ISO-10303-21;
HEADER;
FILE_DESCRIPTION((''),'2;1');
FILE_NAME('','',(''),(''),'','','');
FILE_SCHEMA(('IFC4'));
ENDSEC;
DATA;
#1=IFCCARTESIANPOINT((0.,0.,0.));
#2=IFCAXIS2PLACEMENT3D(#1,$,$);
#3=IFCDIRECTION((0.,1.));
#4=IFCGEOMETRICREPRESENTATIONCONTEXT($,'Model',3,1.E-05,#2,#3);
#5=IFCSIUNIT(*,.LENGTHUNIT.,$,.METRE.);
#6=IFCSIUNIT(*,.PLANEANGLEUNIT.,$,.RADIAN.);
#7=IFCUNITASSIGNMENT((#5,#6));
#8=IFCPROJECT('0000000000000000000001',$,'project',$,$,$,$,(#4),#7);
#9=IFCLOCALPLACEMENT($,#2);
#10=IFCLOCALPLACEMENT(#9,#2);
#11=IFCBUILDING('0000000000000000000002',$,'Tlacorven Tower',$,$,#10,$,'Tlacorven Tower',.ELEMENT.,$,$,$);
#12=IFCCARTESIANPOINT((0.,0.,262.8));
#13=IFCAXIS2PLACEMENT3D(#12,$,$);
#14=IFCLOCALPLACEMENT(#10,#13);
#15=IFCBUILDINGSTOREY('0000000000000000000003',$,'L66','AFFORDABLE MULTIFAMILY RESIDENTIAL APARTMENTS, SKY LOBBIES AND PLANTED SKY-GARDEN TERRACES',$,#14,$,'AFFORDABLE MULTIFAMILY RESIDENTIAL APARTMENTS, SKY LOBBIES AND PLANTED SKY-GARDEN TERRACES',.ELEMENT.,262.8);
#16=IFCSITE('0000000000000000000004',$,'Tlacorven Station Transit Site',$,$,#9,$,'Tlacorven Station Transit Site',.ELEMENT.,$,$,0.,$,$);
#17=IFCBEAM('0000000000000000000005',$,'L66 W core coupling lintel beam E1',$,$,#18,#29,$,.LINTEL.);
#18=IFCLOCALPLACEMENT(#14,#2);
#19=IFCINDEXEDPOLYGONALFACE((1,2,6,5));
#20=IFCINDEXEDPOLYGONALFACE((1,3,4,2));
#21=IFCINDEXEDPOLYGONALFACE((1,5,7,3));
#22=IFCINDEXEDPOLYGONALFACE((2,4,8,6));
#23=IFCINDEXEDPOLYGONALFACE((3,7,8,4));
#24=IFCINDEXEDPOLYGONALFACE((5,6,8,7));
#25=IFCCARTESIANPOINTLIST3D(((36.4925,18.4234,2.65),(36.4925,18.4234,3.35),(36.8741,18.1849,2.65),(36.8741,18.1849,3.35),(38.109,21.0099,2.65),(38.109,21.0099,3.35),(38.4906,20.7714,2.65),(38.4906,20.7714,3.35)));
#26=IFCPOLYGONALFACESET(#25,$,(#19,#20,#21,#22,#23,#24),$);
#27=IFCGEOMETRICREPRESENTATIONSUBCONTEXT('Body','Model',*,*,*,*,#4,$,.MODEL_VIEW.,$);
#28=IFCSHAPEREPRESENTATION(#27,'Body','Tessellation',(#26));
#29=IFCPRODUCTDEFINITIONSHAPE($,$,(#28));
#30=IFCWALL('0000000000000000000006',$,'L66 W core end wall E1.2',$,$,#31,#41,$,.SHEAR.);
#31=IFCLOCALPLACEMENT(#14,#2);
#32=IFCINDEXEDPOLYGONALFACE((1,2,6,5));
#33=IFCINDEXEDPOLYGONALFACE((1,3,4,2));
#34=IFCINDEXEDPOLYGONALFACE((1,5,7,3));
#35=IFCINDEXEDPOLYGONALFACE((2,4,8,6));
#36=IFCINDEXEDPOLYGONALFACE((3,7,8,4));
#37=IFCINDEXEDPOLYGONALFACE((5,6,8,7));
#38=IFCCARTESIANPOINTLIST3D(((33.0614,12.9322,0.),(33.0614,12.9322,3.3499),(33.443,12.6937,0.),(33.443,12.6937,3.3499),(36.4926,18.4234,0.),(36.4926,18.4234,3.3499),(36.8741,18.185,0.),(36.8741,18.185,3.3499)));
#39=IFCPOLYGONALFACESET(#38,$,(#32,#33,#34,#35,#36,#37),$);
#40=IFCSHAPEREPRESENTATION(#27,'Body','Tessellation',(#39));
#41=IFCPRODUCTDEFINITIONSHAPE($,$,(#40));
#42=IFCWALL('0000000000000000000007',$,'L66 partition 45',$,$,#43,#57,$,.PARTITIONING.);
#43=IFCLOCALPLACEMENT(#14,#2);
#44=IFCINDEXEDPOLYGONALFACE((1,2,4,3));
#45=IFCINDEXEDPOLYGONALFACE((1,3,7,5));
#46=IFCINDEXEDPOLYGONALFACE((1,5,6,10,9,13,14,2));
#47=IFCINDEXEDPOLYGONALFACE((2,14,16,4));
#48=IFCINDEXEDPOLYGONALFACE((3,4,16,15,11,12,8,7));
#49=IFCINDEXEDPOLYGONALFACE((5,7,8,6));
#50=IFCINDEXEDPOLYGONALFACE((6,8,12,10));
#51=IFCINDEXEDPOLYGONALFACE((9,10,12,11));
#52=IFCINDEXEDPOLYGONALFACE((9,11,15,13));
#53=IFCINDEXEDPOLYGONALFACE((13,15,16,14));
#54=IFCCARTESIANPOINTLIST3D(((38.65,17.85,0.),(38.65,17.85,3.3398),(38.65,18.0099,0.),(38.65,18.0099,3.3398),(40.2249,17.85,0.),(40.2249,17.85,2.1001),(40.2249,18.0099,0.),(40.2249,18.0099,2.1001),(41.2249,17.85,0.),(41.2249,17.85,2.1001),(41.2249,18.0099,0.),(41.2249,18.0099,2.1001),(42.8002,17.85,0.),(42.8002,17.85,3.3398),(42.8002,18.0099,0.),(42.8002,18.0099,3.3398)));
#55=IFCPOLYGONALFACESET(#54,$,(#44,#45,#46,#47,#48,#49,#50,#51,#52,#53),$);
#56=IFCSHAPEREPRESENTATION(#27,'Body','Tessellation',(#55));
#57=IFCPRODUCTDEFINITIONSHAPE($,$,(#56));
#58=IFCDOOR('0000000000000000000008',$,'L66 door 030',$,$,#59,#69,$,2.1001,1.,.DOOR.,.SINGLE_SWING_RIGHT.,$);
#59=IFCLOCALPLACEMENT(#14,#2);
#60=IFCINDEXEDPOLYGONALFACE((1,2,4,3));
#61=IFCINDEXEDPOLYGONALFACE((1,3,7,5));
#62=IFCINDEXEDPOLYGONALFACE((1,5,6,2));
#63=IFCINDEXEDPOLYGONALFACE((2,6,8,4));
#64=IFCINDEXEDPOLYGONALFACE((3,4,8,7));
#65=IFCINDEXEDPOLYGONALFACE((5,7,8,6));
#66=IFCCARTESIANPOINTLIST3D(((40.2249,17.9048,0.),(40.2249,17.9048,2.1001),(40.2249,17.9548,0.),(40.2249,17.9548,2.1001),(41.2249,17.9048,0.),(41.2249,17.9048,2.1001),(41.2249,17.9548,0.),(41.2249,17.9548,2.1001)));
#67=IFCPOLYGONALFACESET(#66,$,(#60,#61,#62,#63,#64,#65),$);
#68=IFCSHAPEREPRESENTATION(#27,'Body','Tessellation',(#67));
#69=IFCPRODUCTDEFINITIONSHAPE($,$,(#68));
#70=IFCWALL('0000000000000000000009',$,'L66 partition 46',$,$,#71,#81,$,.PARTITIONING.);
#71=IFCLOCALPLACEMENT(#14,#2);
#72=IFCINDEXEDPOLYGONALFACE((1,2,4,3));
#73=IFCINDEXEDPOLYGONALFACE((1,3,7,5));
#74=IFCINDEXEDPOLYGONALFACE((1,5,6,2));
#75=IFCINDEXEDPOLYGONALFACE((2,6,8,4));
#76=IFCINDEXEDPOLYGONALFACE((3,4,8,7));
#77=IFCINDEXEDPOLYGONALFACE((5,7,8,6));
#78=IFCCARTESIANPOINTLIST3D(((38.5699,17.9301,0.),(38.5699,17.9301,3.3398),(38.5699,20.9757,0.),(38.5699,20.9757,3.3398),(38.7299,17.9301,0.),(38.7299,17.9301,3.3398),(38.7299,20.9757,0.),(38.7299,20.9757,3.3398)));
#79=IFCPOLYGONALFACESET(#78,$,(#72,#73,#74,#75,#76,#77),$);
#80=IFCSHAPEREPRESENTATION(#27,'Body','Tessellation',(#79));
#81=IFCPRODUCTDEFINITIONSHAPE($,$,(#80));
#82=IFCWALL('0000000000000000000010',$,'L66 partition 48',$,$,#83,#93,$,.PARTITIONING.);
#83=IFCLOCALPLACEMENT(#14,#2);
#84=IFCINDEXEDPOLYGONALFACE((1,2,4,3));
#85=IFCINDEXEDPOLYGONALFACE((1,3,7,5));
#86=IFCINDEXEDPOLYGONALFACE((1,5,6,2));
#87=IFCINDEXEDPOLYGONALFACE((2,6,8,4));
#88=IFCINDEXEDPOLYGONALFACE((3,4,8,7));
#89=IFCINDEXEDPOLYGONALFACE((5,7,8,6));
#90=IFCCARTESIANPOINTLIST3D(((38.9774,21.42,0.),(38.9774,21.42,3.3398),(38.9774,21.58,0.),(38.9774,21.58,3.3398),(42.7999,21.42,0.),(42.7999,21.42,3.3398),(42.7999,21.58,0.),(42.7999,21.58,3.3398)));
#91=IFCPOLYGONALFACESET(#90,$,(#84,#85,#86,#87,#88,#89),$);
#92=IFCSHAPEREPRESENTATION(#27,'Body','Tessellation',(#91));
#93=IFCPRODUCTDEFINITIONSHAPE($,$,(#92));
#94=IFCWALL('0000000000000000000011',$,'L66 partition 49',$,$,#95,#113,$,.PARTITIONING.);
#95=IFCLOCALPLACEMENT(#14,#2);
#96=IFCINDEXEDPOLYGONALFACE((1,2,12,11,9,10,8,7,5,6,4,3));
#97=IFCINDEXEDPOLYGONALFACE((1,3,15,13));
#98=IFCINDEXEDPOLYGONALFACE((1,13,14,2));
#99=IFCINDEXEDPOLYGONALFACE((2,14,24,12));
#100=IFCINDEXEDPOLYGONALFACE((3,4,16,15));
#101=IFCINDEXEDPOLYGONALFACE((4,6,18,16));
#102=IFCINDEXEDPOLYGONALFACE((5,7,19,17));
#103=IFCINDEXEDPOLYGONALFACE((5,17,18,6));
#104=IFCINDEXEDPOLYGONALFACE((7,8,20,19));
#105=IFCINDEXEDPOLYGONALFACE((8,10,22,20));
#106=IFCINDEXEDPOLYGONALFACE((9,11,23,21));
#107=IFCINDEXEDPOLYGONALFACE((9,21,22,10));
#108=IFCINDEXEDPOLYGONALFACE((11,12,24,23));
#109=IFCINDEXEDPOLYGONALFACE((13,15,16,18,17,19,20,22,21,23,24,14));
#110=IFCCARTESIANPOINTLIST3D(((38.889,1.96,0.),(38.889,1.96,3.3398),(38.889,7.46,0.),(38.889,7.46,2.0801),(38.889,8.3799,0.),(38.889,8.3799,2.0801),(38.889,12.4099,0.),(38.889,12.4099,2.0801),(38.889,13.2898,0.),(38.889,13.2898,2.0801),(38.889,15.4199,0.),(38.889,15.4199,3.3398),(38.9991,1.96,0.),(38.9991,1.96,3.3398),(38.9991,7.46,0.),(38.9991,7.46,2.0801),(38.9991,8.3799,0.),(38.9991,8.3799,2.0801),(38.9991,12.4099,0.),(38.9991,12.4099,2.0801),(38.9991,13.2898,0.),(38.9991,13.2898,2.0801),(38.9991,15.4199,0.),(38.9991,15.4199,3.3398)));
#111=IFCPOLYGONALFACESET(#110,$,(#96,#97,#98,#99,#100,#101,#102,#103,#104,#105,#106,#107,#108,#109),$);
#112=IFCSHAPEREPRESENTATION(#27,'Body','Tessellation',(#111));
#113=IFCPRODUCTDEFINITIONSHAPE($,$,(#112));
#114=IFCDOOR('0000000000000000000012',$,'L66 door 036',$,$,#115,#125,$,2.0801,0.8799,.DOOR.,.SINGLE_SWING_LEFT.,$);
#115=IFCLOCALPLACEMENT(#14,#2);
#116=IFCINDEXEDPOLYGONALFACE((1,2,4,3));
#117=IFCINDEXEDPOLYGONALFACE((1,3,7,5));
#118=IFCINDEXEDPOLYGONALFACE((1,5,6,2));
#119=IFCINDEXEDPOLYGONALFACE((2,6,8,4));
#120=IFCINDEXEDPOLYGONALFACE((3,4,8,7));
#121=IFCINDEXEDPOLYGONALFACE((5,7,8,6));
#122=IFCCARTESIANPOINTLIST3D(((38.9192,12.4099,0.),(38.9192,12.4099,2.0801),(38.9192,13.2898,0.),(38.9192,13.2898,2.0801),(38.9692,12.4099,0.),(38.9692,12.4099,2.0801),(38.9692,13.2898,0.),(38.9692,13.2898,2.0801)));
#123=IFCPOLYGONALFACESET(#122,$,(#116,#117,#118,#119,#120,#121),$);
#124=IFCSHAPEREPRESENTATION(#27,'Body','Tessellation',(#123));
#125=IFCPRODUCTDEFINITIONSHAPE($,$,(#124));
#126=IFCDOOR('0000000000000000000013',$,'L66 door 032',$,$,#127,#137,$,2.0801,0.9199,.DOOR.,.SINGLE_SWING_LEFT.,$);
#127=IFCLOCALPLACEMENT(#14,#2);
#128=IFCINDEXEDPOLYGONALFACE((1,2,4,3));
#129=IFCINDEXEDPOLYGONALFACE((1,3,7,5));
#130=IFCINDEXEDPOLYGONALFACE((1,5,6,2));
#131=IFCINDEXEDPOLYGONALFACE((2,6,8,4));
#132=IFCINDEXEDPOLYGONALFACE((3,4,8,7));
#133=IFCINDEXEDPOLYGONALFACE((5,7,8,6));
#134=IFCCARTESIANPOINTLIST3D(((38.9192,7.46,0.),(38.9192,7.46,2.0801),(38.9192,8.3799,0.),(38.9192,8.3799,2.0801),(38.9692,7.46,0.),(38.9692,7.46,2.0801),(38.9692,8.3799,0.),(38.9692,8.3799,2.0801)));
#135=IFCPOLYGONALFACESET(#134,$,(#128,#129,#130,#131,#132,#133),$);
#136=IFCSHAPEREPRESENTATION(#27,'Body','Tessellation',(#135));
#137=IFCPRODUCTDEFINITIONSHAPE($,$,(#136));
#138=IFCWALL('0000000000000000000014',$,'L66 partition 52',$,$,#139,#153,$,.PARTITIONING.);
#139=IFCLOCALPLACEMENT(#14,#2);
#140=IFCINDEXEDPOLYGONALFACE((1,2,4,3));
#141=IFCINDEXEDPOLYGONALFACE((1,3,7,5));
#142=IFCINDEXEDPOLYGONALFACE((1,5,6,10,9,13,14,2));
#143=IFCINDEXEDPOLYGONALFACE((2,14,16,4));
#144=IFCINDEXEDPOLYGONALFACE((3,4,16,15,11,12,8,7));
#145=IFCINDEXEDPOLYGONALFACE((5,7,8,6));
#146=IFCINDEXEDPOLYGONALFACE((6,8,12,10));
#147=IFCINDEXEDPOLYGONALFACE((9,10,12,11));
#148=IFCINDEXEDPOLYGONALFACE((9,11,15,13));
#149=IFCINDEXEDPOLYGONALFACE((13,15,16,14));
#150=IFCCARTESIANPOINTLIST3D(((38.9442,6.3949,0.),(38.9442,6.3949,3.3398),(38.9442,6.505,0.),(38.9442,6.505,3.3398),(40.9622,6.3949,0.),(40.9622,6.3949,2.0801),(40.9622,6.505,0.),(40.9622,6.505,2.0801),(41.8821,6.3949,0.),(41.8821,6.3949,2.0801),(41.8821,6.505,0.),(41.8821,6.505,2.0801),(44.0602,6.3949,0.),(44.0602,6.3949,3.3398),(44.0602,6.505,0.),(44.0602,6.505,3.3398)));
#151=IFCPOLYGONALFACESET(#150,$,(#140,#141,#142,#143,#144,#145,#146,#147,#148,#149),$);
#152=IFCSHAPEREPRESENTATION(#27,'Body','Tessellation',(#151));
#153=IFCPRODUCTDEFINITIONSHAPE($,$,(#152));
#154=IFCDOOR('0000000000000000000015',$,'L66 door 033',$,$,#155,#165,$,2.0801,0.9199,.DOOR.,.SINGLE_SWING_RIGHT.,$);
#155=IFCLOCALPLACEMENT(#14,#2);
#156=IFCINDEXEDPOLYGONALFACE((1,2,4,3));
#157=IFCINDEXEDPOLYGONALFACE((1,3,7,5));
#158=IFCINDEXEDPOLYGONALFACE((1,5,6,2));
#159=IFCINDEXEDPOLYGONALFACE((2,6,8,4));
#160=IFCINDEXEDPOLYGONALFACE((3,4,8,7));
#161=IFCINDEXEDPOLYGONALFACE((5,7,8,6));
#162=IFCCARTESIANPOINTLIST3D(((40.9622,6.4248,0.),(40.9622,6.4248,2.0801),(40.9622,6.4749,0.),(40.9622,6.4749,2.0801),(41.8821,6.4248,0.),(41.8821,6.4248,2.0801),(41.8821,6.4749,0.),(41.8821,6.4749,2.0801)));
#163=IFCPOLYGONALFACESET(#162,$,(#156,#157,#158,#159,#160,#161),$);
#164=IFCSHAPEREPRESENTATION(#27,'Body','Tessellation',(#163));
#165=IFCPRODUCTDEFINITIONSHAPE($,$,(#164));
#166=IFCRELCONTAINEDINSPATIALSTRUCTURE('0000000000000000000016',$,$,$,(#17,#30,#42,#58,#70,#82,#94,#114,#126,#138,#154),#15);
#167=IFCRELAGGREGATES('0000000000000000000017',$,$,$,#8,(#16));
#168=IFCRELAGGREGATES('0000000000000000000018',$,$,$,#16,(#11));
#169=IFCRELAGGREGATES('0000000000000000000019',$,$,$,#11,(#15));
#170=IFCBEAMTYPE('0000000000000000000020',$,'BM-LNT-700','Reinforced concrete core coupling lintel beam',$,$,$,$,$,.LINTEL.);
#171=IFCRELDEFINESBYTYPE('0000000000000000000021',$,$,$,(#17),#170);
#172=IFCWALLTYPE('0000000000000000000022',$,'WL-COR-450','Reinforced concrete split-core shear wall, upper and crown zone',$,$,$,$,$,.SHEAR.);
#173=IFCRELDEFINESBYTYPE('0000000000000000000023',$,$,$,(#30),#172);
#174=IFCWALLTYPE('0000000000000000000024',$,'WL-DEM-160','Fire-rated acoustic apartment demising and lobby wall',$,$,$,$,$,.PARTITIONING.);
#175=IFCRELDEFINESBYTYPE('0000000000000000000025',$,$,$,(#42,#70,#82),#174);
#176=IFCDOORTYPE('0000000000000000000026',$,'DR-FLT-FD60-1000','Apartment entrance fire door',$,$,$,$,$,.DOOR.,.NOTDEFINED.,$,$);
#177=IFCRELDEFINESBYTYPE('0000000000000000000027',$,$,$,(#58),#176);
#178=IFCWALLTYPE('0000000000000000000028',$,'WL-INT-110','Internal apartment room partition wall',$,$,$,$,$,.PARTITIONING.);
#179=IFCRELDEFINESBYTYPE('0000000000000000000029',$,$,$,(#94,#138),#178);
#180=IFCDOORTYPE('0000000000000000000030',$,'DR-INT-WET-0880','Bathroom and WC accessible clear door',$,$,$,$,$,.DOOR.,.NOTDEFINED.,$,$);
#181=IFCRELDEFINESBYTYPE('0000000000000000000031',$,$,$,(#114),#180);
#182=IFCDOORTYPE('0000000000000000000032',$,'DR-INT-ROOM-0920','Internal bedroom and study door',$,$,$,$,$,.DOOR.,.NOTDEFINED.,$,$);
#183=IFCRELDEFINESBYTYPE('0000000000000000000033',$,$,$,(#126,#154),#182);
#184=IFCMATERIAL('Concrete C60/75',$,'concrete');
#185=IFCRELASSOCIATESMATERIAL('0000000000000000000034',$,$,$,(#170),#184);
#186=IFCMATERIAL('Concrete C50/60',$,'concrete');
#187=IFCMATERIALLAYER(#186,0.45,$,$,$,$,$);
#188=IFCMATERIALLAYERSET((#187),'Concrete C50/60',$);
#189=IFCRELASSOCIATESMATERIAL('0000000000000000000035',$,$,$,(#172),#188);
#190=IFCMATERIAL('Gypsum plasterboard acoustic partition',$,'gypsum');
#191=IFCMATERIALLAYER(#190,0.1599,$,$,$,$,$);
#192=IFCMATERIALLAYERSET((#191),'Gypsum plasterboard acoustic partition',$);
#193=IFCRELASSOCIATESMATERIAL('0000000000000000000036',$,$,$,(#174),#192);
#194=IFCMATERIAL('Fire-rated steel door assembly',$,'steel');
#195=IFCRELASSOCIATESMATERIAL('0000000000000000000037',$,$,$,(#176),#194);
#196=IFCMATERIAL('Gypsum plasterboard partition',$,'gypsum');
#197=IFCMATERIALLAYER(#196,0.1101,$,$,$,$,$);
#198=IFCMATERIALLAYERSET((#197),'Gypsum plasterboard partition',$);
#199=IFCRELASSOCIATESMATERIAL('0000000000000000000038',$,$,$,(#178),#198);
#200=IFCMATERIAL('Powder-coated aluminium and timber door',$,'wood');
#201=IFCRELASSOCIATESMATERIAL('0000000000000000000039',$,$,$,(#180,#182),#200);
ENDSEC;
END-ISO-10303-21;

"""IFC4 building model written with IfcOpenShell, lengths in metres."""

from ifc_helpers import new_model, si_unit, direction, frame, frame_2d, origin, origin_2d, place, context, subcontext, project, spatial, rectangle, extrude, source, transform, mapped, material, layer, layer_set, material_profile, profile_set, type_object, element, fill, save


model = new_model("IFC4")

# Units and contexts
model_context = context("Model", 3, precision=1e-05, world=origin(), true_north=direction((0.0, 1.0)))
body_context = subcontext(model_context, "Body", "Model", "MODEL_VIEW")
ifc_project = project(units=[si_unit("LENGTHUNIT", "METRE"), si_unit("PLANEANGLEUNIT", "RADIAN")], contexts=[model_context])

# Site, building, storey
site_placement = place(None, origin())
site = spatial("IfcSite", under=ifc_project, at=site_placement, Name="Tlacorven Station Transit Site", LongName="Tlacorven Station Transit Site", CompositionType="ELEMENT", RefElevation=0.0)
building_placement = place(site_placement, origin())
building = spatial("IfcBuilding", under=site, at=building_placement, Name="Tlacorven Tower", LongName="Tlacorven Tower", CompositionType="ELEMENT")
storey_placement = place(building_placement, frame((0.0, 0.0, 262.8)))
storey = spatial("IfcBuildingStorey", under=building, at=storey_placement, Name="L66", Description="AFFORDABLE MULTIFAMILY RESIDENTIAL APARTMENTS, SKY LOBBIES AND PLANTED SKY-GARDEN TERRACES", LongName="AFFORDABLE MULTIFAMILY RESIDENTIAL APARTMENTS, SKY LOBBIES AND PLANTED SKY-GARDEN TERRACES", CompositionType="ELEMENT", Elevation=262.8)

# Beam
ifc_material_1 = material(Name="Concrete C60/75", Category="concrete")
ifc_material_profile = material_profile(ifc_material_1, rectangle(XDim=0.45, YDim=0.7, at=origin_2d()), Name="RC 450X700")
ifc_profile_set = profile_set([ifc_material_profile], Name="Concrete C60/75")
beam_type = type_object("IfcBeamType", Name="BM-LNT-700", Description="Reinforced concrete core coupling lintel beam", PredefinedType="LINTEL", material=ifc_profile_set)
shared_shape_1 = source(origin(), body_context, "Body", "SweptSolid", [
    extrude(rectangle(XDim=0.45, YDim=0.7, at=origin_2d()), origin(), (0.0, 0.0, 1.0), 3.05),
])
beam_placement = place(storey_placement, frame((38.2998, 20.8906, 3.0), z_axis=(-0.529985, -0.848007, 0.0), x_axis=(0.848007, -0.529985, 0.0)))
element("IfcBeam", 1, at=beam_placement, inside=storey, type_object=beam_type, Name="L66 W core coupling lintel beam E1", PredefinedType="LINTEL", context=body_context, shape_type="MappedRepresentation", body=[
    mapped(shared_shape_1, transform((0.0, 0.0, 0.0), scale=1.0)),
])

# Wall
ifc_material_2 = material(Name="Concrete C50/60", Category="concrete")
ifc_layer_1 = layer(ifc_material_2, 0.45)
ifc_layer_set_1 = layer_set([ifc_layer_1], Name="Concrete C50/60")
wall_type_1 = type_object("IfcWallType", Name="WL-COR-450", Description="Reinforced concrete split-core shear wall, upper and crown zone", PredefinedType="SHEAR", material=ifc_layer_set_1)
wall_1_placement = place(storey_placement, frame((36.6833, 18.3042, 0.0), z_axis=(0.0, 0.0, 1.0), x_axis=(-0.529904, -0.848058, 0.0)))
element("IfcWall", 2, at=wall_1_placement, inside=storey, type_object=wall_type_1, Name="L66 W core end wall E1.2", PredefinedType="SHEAR", context=body_context, shape_type="SweptSolid", body=[
    extrude(rectangle(XDim=6.4751, YDim=0.45, at=frame_2d((3.2375, 0.0))), origin(), (0.0, 0.0, 1.0), 3.3499),
])

# Wall, opening, door
ifc_material_3 = material(Name="Gypsum plasterboard acoustic partition", Category="gypsum")
ifc_layer_2 = layer(ifc_material_3, 0.1599)
ifc_layer_set_2 = layer_set([ifc_layer_2], Name="Gypsum plasterboard acoustic partition")
wall_type_2 = type_object("IfcWallType", Name="WL-DEM-160", Description="Fire-rated acoustic apartment demising and lobby wall", PredefinedType="PARTITIONING", material=ifc_layer_set_2)
wall_2_placement = place(storey_placement, frame((38.6499, 17.9299, 0.0), z_axis=(0.0, 0.0, 1.0), x_axis=(1.0, 0.0, 0.0)))
wall_2 = element("IfcWall", 3, at=wall_2_placement, inside=storey, type_object=wall_type_2, Name="L66 partition 45", PredefinedType="PARTITIONING", context=body_context, shape_type="SweptSolid", body=[
    extrude(rectangle(XDim=4.1501, YDim=0.1599, at=frame_2d((2.0752, 0.0))), origin(), (0.0, 0.0, 1.0), 3.3398),
])
opening_1_placement = place(wall_2_placement, frame((1.575, 0.0, 0.0)))
opening_1 = element("IfcOpeningElement", 4, at=opening_1_placement, cuts=wall_2, PredefinedType="OPENING", context=body_context, shape_type="SweptSolid", body=[
    extrude(rectangle(XDim=1.0, YDim=2.1001, at=frame_2d((0.5, 1.05))), frame((0.0, 0.0898, 0.0), z_axis=(0.0, -1.0, 0.0), x_axis=(1.0, 0.0, 0.0)), (0.0, 0.0, 1.0), 0.1799),
])
ifc_material_4 = material(Name="Fire-rated steel door assembly", Category="steel")
door_type_1 = type_object("IfcDoorType", Name="DR-FLT-FD60-1000", Description="Apartment entrance fire door", OperationType="NOTDEFINED", PredefinedType="DOOR", material=ifc_material_4)
shared_shape_2 = source(origin(), body_context, "Body", "SweptSolid", [
    extrude(rectangle(XDim=1.0, YDim=2.1001, at=frame_2d((0.5, 1.05))), frame((0.0, 0.0249, 0.0), z_axis=(0.0, -1.0, 0.0), x_axis=(1.0, 0.0, 0.0)), (0.0, 0.0, 1.0), 0.05),
])
door_1_placement = place(opening_1_placement, origin())
door_1 = element("IfcDoor", 5, at=door_1_placement, inside=storey, type_object=door_type_1, Name="L66 door 030", OperationType="SINGLE_SWING_RIGHT", OverallHeight=2.1001, OverallWidth=1.0, PredefinedType="DOOR", context=body_context, shape_type="MappedRepresentation", body=[
    mapped(shared_shape_2, transform((0.0, 0.0, 0.0), scale=1.0)),
])
fill(opening_1, door_1)

# Walls
wall_3_placement = place(storey_placement, frame((38.6499, 17.9299, 0.0), z_axis=(0.0, 0.0, 1.0), x_axis=(0.0, 1.0, 0.0)))
element("IfcWall", 6, at=wall_3_placement, inside=storey, type_object=wall_type_2, Name="L66 partition 46", PredefinedType="PARTITIONING", context=body_context, shape_type="SweptSolid", body=[
    extrude(rectangle(XDim=3.0457, YDim=0.1599, at=frame_2d((1.5229, 0.0))), origin(), (0.0, 0.0, 1.0), 3.3398),
])
wall_4_placement = place(storey_placement, frame((38.9775, 21.5, 0.0), z_axis=(0.0, 0.0, 1.0), x_axis=(1.0, 0.0, 0.0)))
element("IfcWall", 7, at=wall_4_placement, inside=storey, type_object=wall_type_2, Name="L66 partition 48", PredefinedType="PARTITIONING", context=body_context, shape_type="SweptSolid", body=[
    extrude(rectangle(XDim=3.8225, YDim=0.1599, at=frame_2d((1.9111, 0.0))), origin(), (0.0, 0.0, 1.0), 3.3398),
])

# Wall, openings, doors
ifc_material_5 = material(Name="Gypsum plasterboard partition", Category="gypsum")
ifc_layer_3 = layer(ifc_material_5, 0.1101)
ifc_layer_set_3 = layer_set([ifc_layer_3], Name="Gypsum plasterboard partition")
wall_type_3 = type_object("IfcWallType", Name="WL-INT-110", Description="Internal apartment room partition wall", PredefinedType="PARTITIONING", material=ifc_layer_set_3)
wall_5_placement = place(storey_placement, frame((38.9441, 1.96, 0.0), z_axis=(0.0, 0.0, 1.0), x_axis=(0.0, 1.0, 0.0)))
wall_5 = element("IfcWall", 8, at=wall_5_placement, inside=storey, type_object=wall_type_3, Name="L66 partition 49", PredefinedType="PARTITIONING", context=body_context, shape_type="SweptSolid", body=[
    extrude(rectangle(XDim=13.46, YDim=0.1101, at=frame_2d((6.73, 0.0))), origin(), (0.0, 0.0, 1.0), 3.3398),
])
opening_2_placement = place(wall_5_placement, frame((5.5, 0.0, 0.0)))
opening_2 = element("IfcOpeningElement", 9, at=opening_2_placement, cuts=wall_5, PredefinedType="OPENING", context=body_context, shape_type="SweptSolid", body=[
    extrude(rectangle(XDim=0.9199, YDim=2.0801, at=frame_2d((0.46, 1.04))), frame((0.0, 0.0649, 0.0), z_axis=(0.0, -1.0, 0.0), x_axis=(1.0, 0.0, 0.0)), (0.0, 0.0, 1.0), 0.1301),
])
opening_3_placement = place(wall_5_placement, frame((10.45, 0.0, 0.0)))
opening_3 = element("IfcOpeningElement", 10, at=opening_3_placement, cuts=wall_5, PredefinedType="OPENING", context=body_context, shape_type="SweptSolid", body=[
    extrude(rectangle(XDim=0.8799, YDim=2.0801, at=frame_2d((0.4399, 1.04))), frame((0.0, 0.0649, 0.0), z_axis=(0.0, -1.0, 0.0), x_axis=(1.0, 0.0, 0.0)), (0.0, 0.0, 1.0), 0.1301),
])
ifc_material_6 = material(Name="Powder-coated aluminium and timber door", Category="wood")
door_type_2 = type_object("IfcDoorType", Name="DR-INT-WET-0880", Description="Bathroom and WC accessible clear door", OperationType="NOTDEFINED", PredefinedType="DOOR", material=ifc_material_6)
shared_shape_3 = source(origin(), body_context, "Body", "SweptSolid", [
    extrude(rectangle(XDim=0.8799, YDim=2.0801, at=frame_2d((0.4399, 1.04))), frame((0.0, 0.0249, 0.0), z_axis=(0.0, -1.0, 0.0), x_axis=(1.0, 0.0, 0.0)), (0.0, 0.0, 1.0), 0.05),
])
door_2_placement = place(opening_3_placement, origin())
door_2 = element("IfcDoor", 11, at=door_2_placement, inside=storey, type_object=door_type_2, Name="L66 door 036", OperationType="SINGLE_SWING_LEFT", OverallHeight=2.0801, OverallWidth=0.8799, PredefinedType="DOOR", context=body_context, shape_type="MappedRepresentation", body=[
    mapped(shared_shape_3, transform((0.0, 0.0, 0.0), scale=1.0)),
])
fill(opening_3, door_2)
door_type_3 = type_object("IfcDoorType", Name="DR-INT-ROOM-0920", Description="Internal bedroom and study door", OperationType="NOTDEFINED", PredefinedType="DOOR", material=ifc_material_6)
shared_shape_4 = source(origin(), body_context, "Body", "SweptSolid", [
    extrude(rectangle(XDim=0.9199, YDim=2.0801, at=frame_2d((0.46, 1.04))), frame((0.0, 0.0249, 0.0), z_axis=(0.0, -1.0, 0.0), x_axis=(1.0, 0.0, 0.0)), (0.0, 0.0, 1.0), 0.05),
])
door_3_placement = place(opening_2_placement, origin())
door_3 = element("IfcDoor", 12, at=door_3_placement, inside=storey, type_object=door_type_3, Name="L66 door 032", OperationType="SINGLE_SWING_LEFT", OverallHeight=2.0801, OverallWidth=0.9199, PredefinedType="DOOR", context=body_context, shape_type="MappedRepresentation", body=[
    mapped(shared_shape_4, transform((0.0, 0.0, 0.0), scale=1.0)),
])
fill(opening_2, door_3)

# Wall, opening, door
wall_6_placement = place(storey_placement, frame((38.9441, 6.45, 0.0), z_axis=(0.0, 0.0, 1.0), x_axis=(1.0, 0.0, 0.0)))
wall_6 = element("IfcWall", 13, at=wall_6_placement, inside=storey, type_object=wall_type_3, Name="L66 partition 52", PredefinedType="PARTITIONING", context=body_context, shape_type="SweptSolid", body=[
    extrude(rectangle(XDim=5.116, YDim=0.1101, at=frame_2d((2.5581, 0.0))), origin(), (0.0, 0.0, 1.0), 3.3398),
])
opening_4_placement = place(wall_6_placement, frame((2.0181, 0.0, 0.0)))
opening_4 = element("IfcOpeningElement", 14, at=opening_4_placement, cuts=wall_6, PredefinedType="OPENING", context=body_context, shape_type="SweptSolid", body=[
    extrude(rectangle(XDim=0.9199, YDim=2.0801, at=frame_2d((0.46, 1.04))), frame((0.0, 0.0649, 0.0), z_axis=(0.0, -1.0, 0.0), x_axis=(1.0, 0.0, 0.0)), (0.0, 0.0, 1.0), 0.1301),
])
door_4_placement = place(opening_4_placement, origin())
door_4 = element("IfcDoor", 15, at=door_4_placement, inside=storey, type_object=door_type_3, Name="L66 door 033", OperationType="SINGLE_SWING_RIGHT", OverallHeight=2.0801, OverallWidth=0.9199, PredefinedType="DOOR", context=body_context, shape_type="MappedRepresentation", body=[
    mapped(shared_shape_4, transform((0.0, 0.0, 0.0), scale=1.0)),
])
fill(opening_4, door_4)

save(model, "model.ifc")
